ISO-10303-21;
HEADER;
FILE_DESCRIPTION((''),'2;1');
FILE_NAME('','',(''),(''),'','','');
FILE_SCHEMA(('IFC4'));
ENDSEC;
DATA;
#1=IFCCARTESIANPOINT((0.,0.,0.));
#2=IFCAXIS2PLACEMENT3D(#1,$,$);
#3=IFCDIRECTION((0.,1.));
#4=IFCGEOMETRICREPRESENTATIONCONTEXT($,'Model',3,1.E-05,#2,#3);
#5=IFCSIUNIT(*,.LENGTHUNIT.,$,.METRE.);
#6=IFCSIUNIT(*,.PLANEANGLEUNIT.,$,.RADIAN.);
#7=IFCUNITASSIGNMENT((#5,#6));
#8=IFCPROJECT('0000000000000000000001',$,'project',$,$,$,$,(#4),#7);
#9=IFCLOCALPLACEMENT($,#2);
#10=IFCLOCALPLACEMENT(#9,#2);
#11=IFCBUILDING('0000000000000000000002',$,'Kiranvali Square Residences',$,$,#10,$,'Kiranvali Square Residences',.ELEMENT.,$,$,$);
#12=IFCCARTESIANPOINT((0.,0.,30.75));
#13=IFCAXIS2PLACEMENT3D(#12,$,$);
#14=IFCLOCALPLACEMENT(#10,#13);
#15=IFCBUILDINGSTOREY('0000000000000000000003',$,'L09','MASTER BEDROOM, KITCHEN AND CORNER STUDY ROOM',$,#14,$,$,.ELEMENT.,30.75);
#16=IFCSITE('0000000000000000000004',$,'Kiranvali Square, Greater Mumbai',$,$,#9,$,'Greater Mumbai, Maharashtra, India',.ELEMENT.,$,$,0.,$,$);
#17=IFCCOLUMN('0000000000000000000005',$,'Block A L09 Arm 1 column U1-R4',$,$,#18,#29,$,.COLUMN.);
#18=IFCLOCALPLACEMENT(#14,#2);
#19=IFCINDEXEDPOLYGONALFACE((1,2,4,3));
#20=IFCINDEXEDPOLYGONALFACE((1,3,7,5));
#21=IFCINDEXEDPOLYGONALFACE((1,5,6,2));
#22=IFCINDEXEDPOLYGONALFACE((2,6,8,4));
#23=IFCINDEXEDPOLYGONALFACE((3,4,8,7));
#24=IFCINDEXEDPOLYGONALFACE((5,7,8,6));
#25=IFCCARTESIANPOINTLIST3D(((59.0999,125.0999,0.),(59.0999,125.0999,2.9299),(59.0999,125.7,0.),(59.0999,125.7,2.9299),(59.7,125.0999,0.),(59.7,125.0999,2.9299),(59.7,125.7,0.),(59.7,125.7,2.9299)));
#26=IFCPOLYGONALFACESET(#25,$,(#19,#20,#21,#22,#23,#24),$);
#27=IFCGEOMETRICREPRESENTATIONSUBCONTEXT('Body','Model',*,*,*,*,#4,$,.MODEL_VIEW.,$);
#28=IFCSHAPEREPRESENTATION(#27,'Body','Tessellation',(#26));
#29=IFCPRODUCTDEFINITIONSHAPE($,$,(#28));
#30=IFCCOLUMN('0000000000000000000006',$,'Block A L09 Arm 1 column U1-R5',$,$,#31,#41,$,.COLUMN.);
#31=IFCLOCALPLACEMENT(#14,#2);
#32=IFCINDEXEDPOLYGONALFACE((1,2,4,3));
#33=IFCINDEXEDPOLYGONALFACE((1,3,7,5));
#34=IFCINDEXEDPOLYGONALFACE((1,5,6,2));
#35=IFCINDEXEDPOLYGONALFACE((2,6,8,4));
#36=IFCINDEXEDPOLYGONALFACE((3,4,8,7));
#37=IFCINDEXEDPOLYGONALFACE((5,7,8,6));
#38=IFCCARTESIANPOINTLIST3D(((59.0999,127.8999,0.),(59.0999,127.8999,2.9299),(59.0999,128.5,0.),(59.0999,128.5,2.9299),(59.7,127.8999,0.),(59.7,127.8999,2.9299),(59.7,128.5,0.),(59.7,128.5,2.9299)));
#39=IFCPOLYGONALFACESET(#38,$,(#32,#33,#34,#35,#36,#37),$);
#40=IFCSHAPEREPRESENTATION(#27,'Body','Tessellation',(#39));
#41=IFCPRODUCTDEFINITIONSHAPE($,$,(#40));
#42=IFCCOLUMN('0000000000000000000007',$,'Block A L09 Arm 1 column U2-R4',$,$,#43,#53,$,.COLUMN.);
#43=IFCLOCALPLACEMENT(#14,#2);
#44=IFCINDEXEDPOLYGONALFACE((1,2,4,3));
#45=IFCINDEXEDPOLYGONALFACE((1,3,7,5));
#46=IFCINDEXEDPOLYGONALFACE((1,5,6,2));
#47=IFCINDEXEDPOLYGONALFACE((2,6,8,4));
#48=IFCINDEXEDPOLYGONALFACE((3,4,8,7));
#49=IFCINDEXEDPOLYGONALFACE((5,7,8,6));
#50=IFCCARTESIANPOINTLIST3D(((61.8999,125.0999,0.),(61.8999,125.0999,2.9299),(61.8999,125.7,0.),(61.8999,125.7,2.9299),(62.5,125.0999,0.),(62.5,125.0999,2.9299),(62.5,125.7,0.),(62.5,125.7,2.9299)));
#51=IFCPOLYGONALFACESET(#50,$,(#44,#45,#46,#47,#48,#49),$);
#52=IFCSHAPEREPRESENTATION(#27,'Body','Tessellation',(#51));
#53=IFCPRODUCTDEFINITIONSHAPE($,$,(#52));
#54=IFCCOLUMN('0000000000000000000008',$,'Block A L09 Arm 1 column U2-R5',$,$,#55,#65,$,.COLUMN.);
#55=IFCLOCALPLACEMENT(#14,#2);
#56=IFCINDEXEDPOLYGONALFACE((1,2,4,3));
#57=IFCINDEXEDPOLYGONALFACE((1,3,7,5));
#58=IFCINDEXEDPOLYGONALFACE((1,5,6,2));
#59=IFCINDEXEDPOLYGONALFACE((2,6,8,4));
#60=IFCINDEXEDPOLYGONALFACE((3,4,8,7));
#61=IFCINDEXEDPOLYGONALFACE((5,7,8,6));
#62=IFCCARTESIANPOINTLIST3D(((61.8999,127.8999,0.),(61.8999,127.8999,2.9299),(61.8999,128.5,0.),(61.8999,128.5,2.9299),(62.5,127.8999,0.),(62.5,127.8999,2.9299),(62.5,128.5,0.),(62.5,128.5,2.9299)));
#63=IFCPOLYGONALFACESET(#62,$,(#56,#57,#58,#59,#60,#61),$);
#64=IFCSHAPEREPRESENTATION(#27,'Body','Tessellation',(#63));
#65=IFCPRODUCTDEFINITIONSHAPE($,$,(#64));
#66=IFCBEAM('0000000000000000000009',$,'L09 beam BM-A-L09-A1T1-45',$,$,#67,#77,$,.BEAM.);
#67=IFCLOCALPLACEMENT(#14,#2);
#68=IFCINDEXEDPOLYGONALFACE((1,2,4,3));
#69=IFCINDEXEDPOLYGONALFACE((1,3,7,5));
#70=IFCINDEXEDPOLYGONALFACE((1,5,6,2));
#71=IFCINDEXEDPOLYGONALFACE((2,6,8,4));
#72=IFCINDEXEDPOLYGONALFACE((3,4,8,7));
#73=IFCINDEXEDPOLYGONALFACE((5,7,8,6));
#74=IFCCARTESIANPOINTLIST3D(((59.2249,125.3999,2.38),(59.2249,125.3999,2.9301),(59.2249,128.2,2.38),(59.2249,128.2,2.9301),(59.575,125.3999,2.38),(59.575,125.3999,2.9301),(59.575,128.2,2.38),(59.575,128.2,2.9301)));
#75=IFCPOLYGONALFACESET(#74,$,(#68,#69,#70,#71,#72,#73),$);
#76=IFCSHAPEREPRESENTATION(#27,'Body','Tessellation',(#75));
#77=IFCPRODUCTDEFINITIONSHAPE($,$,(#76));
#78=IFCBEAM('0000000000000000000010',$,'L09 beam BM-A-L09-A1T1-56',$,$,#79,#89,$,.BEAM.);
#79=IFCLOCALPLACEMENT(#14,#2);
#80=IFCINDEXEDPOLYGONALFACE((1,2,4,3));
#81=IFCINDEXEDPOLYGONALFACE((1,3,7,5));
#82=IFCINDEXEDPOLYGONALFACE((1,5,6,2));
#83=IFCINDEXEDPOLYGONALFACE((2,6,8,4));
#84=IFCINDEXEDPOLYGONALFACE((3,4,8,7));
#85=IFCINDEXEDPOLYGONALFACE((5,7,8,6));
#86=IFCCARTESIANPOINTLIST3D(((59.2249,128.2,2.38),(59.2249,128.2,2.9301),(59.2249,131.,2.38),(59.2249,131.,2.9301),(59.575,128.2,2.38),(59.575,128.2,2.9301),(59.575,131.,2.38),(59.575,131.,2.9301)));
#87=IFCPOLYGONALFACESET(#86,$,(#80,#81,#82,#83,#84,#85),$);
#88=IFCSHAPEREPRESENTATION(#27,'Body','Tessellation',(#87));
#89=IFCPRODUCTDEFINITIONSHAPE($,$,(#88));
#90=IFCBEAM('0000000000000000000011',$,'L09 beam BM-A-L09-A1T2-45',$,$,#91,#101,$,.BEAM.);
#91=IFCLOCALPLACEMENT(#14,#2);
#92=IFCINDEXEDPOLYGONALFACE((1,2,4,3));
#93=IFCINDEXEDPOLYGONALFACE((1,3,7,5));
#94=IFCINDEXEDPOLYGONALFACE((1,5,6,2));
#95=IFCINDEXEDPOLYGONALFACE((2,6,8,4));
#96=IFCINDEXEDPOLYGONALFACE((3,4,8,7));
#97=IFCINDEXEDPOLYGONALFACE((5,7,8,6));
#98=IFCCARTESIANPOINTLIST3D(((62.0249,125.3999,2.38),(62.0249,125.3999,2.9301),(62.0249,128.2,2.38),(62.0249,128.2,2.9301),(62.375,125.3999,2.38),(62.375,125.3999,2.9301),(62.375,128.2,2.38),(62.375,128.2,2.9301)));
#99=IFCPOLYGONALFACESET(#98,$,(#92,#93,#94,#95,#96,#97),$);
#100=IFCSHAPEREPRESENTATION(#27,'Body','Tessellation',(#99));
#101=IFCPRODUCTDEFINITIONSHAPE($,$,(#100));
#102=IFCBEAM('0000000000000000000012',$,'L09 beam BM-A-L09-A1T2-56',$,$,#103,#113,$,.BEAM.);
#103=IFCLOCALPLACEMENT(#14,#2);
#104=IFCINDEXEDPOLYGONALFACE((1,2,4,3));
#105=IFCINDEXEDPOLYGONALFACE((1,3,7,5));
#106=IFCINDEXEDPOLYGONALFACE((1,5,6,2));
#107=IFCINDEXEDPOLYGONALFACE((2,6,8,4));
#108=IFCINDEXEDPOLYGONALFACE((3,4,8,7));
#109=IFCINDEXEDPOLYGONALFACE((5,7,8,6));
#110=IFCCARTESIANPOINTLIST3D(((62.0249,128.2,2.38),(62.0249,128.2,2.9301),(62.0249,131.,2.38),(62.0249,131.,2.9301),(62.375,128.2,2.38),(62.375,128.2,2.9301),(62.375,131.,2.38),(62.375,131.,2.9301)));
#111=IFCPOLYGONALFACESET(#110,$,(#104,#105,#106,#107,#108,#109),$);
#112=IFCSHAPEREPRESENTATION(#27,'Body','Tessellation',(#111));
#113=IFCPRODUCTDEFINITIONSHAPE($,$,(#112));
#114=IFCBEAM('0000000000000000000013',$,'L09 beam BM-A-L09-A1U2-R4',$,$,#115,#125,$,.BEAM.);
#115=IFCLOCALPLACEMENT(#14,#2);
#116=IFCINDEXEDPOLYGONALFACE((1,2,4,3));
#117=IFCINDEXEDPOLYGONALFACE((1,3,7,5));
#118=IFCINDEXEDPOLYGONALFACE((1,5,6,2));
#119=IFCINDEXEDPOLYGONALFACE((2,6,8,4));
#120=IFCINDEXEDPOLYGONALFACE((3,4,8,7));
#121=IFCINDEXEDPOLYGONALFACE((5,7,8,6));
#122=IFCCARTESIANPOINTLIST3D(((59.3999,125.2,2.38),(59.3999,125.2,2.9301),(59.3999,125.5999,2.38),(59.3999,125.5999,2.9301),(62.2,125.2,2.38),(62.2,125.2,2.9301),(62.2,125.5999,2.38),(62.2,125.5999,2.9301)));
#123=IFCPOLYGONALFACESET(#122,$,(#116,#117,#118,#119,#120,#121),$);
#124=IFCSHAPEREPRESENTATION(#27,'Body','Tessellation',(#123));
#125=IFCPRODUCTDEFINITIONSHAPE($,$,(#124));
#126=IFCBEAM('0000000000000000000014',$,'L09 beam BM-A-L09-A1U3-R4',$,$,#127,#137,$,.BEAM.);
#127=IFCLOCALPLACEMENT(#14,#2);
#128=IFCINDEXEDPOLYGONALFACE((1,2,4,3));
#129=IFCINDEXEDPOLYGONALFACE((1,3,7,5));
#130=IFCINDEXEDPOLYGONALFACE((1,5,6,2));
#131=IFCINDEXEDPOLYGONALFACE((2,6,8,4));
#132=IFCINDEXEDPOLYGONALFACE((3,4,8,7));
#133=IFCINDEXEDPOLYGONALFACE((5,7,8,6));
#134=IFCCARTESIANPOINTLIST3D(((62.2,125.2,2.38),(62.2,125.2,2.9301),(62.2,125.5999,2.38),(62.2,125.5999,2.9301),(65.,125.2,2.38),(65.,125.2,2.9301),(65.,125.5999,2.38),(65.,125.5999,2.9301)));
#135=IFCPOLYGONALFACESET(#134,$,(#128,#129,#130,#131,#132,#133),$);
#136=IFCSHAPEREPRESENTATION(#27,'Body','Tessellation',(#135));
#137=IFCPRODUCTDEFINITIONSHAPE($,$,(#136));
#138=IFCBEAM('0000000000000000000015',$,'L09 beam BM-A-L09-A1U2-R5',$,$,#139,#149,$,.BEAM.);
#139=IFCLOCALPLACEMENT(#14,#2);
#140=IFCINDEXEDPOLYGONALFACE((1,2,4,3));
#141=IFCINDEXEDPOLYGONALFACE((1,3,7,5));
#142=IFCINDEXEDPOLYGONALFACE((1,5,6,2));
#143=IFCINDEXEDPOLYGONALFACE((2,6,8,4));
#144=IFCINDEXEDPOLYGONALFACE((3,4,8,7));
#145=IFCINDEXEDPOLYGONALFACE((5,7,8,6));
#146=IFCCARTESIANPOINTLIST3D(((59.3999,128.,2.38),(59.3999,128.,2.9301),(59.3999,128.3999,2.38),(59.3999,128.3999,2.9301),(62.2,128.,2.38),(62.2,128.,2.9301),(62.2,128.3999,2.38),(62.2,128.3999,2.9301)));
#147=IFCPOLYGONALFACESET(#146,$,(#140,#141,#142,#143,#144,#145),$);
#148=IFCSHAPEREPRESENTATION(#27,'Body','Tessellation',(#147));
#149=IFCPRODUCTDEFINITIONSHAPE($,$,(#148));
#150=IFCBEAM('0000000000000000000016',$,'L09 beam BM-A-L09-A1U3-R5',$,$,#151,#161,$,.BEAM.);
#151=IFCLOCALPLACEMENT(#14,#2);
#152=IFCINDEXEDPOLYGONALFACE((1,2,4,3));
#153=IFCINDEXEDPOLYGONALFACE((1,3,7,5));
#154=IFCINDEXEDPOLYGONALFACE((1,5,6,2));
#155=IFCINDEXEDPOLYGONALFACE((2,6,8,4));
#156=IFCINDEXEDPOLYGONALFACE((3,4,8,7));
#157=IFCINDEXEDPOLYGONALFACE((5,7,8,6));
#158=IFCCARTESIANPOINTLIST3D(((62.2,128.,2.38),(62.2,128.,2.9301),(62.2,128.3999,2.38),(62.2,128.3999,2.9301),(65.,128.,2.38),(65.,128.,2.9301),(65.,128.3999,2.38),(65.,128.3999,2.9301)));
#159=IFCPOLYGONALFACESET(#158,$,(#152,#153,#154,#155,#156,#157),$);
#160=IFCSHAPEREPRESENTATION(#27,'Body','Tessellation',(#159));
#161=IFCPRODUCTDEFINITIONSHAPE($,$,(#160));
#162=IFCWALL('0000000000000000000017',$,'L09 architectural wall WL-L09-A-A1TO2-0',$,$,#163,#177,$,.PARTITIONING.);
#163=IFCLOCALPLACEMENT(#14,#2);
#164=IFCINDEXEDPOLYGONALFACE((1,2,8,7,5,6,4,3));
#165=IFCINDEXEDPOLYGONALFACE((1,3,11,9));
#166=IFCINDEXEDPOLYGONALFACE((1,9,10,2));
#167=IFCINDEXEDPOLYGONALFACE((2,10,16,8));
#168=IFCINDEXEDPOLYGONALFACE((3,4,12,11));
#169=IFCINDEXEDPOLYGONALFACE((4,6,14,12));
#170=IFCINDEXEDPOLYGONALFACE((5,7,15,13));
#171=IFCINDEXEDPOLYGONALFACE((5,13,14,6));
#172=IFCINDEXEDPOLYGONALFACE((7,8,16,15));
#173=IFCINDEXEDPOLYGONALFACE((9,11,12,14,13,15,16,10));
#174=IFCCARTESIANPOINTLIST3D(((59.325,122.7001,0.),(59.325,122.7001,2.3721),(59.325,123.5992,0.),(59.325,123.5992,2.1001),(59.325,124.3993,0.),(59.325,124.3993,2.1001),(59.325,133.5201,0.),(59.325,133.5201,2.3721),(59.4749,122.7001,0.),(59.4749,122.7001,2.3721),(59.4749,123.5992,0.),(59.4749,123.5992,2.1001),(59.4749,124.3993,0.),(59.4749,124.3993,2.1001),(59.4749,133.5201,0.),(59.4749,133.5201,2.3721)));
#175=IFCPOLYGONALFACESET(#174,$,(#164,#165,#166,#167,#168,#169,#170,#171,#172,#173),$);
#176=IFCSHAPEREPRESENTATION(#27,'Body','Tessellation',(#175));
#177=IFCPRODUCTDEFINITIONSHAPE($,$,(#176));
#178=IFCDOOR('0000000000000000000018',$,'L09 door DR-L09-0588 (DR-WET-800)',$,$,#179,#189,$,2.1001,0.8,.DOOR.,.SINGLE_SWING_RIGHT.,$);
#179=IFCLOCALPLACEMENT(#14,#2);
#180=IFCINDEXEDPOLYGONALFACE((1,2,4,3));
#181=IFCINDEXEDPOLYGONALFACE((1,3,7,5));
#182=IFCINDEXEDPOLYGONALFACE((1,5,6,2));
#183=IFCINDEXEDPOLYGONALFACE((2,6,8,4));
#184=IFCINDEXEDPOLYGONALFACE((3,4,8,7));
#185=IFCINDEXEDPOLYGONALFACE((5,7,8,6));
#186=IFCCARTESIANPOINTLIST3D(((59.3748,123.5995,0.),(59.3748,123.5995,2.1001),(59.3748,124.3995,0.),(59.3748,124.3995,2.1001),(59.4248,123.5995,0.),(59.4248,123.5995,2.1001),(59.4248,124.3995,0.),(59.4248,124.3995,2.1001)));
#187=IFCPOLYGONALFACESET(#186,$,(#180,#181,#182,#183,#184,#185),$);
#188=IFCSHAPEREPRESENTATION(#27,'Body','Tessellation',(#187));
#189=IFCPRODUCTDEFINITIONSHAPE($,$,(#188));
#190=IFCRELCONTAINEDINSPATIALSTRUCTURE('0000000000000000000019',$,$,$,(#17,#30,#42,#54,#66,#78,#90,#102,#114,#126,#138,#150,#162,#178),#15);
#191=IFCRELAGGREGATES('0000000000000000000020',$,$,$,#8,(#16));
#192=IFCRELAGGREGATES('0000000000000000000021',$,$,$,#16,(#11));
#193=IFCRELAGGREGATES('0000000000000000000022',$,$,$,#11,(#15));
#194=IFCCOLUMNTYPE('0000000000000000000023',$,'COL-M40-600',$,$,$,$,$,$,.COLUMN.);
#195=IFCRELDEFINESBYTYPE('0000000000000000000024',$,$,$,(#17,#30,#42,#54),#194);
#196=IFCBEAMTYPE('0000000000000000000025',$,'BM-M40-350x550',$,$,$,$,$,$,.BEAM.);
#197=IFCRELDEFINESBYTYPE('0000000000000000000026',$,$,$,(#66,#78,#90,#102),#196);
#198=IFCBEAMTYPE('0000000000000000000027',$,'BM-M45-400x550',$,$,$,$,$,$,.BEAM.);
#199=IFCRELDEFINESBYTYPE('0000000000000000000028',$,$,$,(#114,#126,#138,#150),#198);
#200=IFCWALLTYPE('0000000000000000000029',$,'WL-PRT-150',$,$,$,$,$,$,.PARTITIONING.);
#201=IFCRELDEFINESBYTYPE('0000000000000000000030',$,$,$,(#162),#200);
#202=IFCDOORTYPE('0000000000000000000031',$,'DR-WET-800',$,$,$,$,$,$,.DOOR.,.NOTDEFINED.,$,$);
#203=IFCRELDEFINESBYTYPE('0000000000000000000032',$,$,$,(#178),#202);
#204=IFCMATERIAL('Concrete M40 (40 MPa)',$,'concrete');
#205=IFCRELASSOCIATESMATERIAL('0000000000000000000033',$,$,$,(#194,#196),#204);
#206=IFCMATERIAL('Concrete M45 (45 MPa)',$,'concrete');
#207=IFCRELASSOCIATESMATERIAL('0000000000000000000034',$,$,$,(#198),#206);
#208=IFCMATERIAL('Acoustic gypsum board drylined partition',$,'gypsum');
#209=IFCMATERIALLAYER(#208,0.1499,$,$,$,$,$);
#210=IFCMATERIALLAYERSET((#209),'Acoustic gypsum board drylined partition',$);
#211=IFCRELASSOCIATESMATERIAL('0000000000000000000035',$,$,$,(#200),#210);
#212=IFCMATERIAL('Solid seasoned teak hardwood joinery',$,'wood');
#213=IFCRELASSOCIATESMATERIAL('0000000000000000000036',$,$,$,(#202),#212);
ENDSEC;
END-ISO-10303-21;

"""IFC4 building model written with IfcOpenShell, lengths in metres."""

from ifc_helpers import new_model, si_unit, direction, frame, frame_2d, origin, origin_2d, place, context, subcontext, project, spatial, rectangle, extrude, material, layer, layer_set, material_profile, profile_set, type_object, element, fill, save


model = new_model("IFC4")

# Units and contexts
model_context = context("Model", 3, precision=1e-05, world=origin(), true_north=direction((0.0, 1.0)))
body_context = subcontext(model_context, "Body", "Model", "MODEL_VIEW")
ifc_project = project(units=[si_unit("LENGTHUNIT", "METRE"), si_unit("PLANEANGLEUNIT", "RADIAN")], contexts=[model_context])

# Site, building, storey
site_placement = place(None, origin())
site = spatial("IfcSite", under=ifc_project, at=site_placement, Name="Kiranvali Square, Greater Mumbai", LongName="Greater Mumbai, Maharashtra, India", CompositionType="ELEMENT", RefElevation=0.0)
building_placement = place(site_placement, origin())
building = spatial("IfcBuilding", under=site, at=building_placement, Name="Kiranvali Square Residences", LongName="Kiranvali Square Residences", CompositionType="ELEMENT")
storey_placement = place(building_placement, frame((0.0, 0.0, 30.75)))
storey = spatial("IfcBuildingStorey", under=building, at=storey_placement, Name="L09", Description="MASTER BEDROOM, KITCHEN AND CORNER STUDY ROOM", CompositionType="ELEMENT", Elevation=30.75)

# Columns
ifc_material_1 = material(Name="Concrete M40 (40 MPa)", Category="concrete")
ifc_material_profile_1 = material_profile(ifc_material_1, rectangle(XDim=0.6001, YDim=0.6001, at=origin_2d()), Name="RC 600x600")
ifc_profile_set_1 = profile_set([ifc_material_profile_1], Name="Concrete M40 (40 MPa)")
column_type = type_object("IfcColumnType", Name="COL-M40-600", PredefinedType="COLUMN", material=ifc_profile_set_1)
for number, where, z_axis, x_axis, name in (
    (1, (59.3999, 125.3999, 0.0), (0.0, 0.0, 1.0), (1.0, 0.0, 0.0), "Block A L09 Arm 1 column U1-R4"),
    (2, (59.3999, 128.2, 0.0), (0.0, 0.0, 1.0), (1.0, 0.0, 0.0), "Block A L09 Arm 1 column U1-R5"),
    (3, (62.2, 125.3999, 0.0), (0.0, 0.0, 1.0), (1.0, 0.0, 0.0), "Block A L09 Arm 1 column U2-R4"),
    (4, (62.2, 128.2, 0.0), (0.0, 0.0, 1.0), (1.0, 0.0, 0.0), "Block A L09 Arm 1 column U2-R5"),
):
    element("IfcColumn", number, at=place(storey_placement, frame(where, z_axis=z_axis, x_axis=x_axis)), inside=storey, type_object=column_type, Name=name, PredefinedType="COLUMN", context=body_context, shape_type="SweptSolid", body=[
        extrude(rectangle(XDim=0.6001, YDim=0.6001, at=origin_2d()), origin(), (0.0, 0.0, 1.0), 2.9299),
    ])

# Beams
ifc_material_profile_2 = material_profile(ifc_material_1, rectangle(XDim=0.3501, YDim=0.55, at=origin_2d()), Name="RC 350x550")
ifc_profile_set_2 = profile_set([ifc_material_profile_2], Name="Concrete M40 (40 MPa)")
beam_type_1 = type_object("IfcBeamType", Name="BM-M40-350x550", PredefinedType="BEAM", material=ifc_profile_set_2)
for number, where, z_axis, x_axis, name in (
    (5, (59.3999, 125.3999, 2.655), (0.0, 1.0, 0.0), (-1.0, 0.0, 0.0), "L09 beam BM-A-L09-A1T1-45"),
    (6, (59.3999, 128.2, 2.655), (0.0, 1.0, 0.0), (-1.0, 0.0, 0.0), "L09 beam BM-A-L09-A1T1-56"),
    (7, (62.2, 125.3999, 2.655), (0.0, 1.0, 0.0), (-1.0, 0.0, 0.0), "L09 beam BM-A-L09-A1T2-45"),
    (8, (62.2, 128.2, 2.655), (0.0, 1.0, 0.0), (-1.0, 0.0, 0.0), "L09 beam BM-A-L09-A1T2-56"),
):
    element("IfcBeam", number, at=place(storey_placement, frame(where, z_axis=z_axis, x_axis=x_axis)), inside=storey, type_object=beam_type_1, Name=name, PredefinedType="BEAM", context=body_context, shape_type="SweptSolid", body=[
        extrude(rectangle(XDim=0.3501, YDim=0.55, at=origin_2d()), origin(), (0.0, 0.0, 1.0), 2.8),
    ])
ifc_material_2 = material(Name="Concrete M45 (45 MPa)", Category="concrete")
ifc_material_profile_3 = material_profile(ifc_material_2, rectangle(XDim=0.3999, YDim=0.55, at=origin_2d()), Name="RC 400x550")
ifc_profile_set_3 = profile_set([ifc_material_profile_3], Name="Concrete M45 (45 MPa)")
beam_type_2 = type_object("IfcBeamType", Name="BM-M45-400x550", PredefinedType="BEAM", material=ifc_profile_set_3)
for number, where, z_axis, x_axis, name in (
    (9, (59.3999, 125.3999, 2.655), (1.0, 0.0, 0.0), (0.0, 1.0, 0.0), "L09 beam BM-A-L09-A1U2-R4"),
    (10, (62.2, 125.3999, 2.655), (1.0, 0.0, 0.0), (0.0, 1.0, 0.0), "L09 beam BM-A-L09-A1U3-R4"),
    (11, (59.3999, 128.2, 2.655), (1.0, 0.0, 0.0), (0.0, 1.0, 0.0), "L09 beam BM-A-L09-A1U2-R5"),
    (12, (62.2, 128.2, 2.655), (1.0, 0.0, 0.0), (0.0, 1.0, 0.0), "L09 beam BM-A-L09-A1U3-R5"),
):
    element("IfcBeam", number, at=place(storey_placement, frame(where, z_axis=z_axis, x_axis=x_axis)), inside=storey, type_object=beam_type_2, Name=name, PredefinedType="BEAM", context=body_context, shape_type="SweptSolid", body=[
        extrude(rectangle(XDim=0.3999, YDim=0.55, at=origin_2d()), origin(), (0.0, 0.0, 1.0), 2.8),
    ])

# Wall, opening, door
ifc_material_3 = material(Name="Acoustic gypsum board drylined partition", Category="gypsum")
ifc_layer_1 = layer(ifc_material_3, 0.1499)
ifc_layer_set_1 = layer_set([ifc_layer_1], Name="Acoustic gypsum board drylined partition")
wall_type_1 = type_object("IfcWallType", Name="WL-PRT-150", PredefinedType="PARTITIONING", material=ifc_layer_set_1)
wall_1_placement = place(storey_placement, frame((59.3999, 122.7, 0.0), z_axis=(0.0, 0.0, 1.0), x_axis=(0.0, 1.0, 0.0)))
wall_1 = element("IfcWall", 13, at=wall_1_placement, inside=storey, type_object=wall_type_1, Name="L09 architectural wall WL-L09-A-A1TO2-0", PredefinedType="PARTITIONING", context=body_context, shape_type="SweptSolid", body=[
    extrude(rectangle(XDim=10.8201, YDim=0.1499, at=frame_2d((5.4102, 0.0))), origin(), (0.0, 0.0, 1.0), 2.3721),
])
opening_1_placement = place(wall_1_placement, frame((0.8994, 0.0, 0.0)))
opening_1 = element("IfcOpeningElement", 14, at=opening_1_placement, cuts=wall_1, PredefinedType="OPENING", context=body_context, shape_type="SweptSolid", body=[
    extrude(rectangle(XDim=0.8, YDim=2.1001, at=frame_2d((0.3999, 1.05))), frame((0.0, 0.085, 0.0), z_axis=(0.0, -1.0, 0.0), x_axis=(1.0, 0.0, 0.0)), (0.0, 0.0, 1.0), 0.1699),
])
ifc_material_4 = material(Name="Solid seasoned teak hardwood joinery", Category="wood")
door_type_1 = type_object("IfcDoorType", Name="DR-WET-800", OperationType="NOTDEFINED", PredefinedType="DOOR", material=ifc_material_4)
door_1_placement = place(opening_1_placement, frame((0.8, 0.0, 0.0), z_axis=(0.0, 0.0, 1.0), x_axis=(-1.0, 0.0, 0.0)))
door_1 = element("IfcDoor", 15, at=door_1_placement, inside=storey, type_object=door_type_1, Name="L09 door DR-L09-0588 (DR-WET-800)", OperationType="SINGLE_SWING_RIGHT", OverallHeight=2.1001, OverallWidth=0.8, PredefinedType="DOOR", context=body_context, shape_type="SweptSolid", body=[
    extrude(rectangle(XDim=0.8, YDim=2.1001, at=frame_2d((0.3999, 1.05))), frame((0.0, 0.0249, 0.0), z_axis=(0.0, -1.0, 0.0), x_axis=(1.0, 0.0, 0.0)), (0.0, 0.0, 1.0), 0.05),
])
fill(opening_1, door_1)

save(model, "model.ifc")
